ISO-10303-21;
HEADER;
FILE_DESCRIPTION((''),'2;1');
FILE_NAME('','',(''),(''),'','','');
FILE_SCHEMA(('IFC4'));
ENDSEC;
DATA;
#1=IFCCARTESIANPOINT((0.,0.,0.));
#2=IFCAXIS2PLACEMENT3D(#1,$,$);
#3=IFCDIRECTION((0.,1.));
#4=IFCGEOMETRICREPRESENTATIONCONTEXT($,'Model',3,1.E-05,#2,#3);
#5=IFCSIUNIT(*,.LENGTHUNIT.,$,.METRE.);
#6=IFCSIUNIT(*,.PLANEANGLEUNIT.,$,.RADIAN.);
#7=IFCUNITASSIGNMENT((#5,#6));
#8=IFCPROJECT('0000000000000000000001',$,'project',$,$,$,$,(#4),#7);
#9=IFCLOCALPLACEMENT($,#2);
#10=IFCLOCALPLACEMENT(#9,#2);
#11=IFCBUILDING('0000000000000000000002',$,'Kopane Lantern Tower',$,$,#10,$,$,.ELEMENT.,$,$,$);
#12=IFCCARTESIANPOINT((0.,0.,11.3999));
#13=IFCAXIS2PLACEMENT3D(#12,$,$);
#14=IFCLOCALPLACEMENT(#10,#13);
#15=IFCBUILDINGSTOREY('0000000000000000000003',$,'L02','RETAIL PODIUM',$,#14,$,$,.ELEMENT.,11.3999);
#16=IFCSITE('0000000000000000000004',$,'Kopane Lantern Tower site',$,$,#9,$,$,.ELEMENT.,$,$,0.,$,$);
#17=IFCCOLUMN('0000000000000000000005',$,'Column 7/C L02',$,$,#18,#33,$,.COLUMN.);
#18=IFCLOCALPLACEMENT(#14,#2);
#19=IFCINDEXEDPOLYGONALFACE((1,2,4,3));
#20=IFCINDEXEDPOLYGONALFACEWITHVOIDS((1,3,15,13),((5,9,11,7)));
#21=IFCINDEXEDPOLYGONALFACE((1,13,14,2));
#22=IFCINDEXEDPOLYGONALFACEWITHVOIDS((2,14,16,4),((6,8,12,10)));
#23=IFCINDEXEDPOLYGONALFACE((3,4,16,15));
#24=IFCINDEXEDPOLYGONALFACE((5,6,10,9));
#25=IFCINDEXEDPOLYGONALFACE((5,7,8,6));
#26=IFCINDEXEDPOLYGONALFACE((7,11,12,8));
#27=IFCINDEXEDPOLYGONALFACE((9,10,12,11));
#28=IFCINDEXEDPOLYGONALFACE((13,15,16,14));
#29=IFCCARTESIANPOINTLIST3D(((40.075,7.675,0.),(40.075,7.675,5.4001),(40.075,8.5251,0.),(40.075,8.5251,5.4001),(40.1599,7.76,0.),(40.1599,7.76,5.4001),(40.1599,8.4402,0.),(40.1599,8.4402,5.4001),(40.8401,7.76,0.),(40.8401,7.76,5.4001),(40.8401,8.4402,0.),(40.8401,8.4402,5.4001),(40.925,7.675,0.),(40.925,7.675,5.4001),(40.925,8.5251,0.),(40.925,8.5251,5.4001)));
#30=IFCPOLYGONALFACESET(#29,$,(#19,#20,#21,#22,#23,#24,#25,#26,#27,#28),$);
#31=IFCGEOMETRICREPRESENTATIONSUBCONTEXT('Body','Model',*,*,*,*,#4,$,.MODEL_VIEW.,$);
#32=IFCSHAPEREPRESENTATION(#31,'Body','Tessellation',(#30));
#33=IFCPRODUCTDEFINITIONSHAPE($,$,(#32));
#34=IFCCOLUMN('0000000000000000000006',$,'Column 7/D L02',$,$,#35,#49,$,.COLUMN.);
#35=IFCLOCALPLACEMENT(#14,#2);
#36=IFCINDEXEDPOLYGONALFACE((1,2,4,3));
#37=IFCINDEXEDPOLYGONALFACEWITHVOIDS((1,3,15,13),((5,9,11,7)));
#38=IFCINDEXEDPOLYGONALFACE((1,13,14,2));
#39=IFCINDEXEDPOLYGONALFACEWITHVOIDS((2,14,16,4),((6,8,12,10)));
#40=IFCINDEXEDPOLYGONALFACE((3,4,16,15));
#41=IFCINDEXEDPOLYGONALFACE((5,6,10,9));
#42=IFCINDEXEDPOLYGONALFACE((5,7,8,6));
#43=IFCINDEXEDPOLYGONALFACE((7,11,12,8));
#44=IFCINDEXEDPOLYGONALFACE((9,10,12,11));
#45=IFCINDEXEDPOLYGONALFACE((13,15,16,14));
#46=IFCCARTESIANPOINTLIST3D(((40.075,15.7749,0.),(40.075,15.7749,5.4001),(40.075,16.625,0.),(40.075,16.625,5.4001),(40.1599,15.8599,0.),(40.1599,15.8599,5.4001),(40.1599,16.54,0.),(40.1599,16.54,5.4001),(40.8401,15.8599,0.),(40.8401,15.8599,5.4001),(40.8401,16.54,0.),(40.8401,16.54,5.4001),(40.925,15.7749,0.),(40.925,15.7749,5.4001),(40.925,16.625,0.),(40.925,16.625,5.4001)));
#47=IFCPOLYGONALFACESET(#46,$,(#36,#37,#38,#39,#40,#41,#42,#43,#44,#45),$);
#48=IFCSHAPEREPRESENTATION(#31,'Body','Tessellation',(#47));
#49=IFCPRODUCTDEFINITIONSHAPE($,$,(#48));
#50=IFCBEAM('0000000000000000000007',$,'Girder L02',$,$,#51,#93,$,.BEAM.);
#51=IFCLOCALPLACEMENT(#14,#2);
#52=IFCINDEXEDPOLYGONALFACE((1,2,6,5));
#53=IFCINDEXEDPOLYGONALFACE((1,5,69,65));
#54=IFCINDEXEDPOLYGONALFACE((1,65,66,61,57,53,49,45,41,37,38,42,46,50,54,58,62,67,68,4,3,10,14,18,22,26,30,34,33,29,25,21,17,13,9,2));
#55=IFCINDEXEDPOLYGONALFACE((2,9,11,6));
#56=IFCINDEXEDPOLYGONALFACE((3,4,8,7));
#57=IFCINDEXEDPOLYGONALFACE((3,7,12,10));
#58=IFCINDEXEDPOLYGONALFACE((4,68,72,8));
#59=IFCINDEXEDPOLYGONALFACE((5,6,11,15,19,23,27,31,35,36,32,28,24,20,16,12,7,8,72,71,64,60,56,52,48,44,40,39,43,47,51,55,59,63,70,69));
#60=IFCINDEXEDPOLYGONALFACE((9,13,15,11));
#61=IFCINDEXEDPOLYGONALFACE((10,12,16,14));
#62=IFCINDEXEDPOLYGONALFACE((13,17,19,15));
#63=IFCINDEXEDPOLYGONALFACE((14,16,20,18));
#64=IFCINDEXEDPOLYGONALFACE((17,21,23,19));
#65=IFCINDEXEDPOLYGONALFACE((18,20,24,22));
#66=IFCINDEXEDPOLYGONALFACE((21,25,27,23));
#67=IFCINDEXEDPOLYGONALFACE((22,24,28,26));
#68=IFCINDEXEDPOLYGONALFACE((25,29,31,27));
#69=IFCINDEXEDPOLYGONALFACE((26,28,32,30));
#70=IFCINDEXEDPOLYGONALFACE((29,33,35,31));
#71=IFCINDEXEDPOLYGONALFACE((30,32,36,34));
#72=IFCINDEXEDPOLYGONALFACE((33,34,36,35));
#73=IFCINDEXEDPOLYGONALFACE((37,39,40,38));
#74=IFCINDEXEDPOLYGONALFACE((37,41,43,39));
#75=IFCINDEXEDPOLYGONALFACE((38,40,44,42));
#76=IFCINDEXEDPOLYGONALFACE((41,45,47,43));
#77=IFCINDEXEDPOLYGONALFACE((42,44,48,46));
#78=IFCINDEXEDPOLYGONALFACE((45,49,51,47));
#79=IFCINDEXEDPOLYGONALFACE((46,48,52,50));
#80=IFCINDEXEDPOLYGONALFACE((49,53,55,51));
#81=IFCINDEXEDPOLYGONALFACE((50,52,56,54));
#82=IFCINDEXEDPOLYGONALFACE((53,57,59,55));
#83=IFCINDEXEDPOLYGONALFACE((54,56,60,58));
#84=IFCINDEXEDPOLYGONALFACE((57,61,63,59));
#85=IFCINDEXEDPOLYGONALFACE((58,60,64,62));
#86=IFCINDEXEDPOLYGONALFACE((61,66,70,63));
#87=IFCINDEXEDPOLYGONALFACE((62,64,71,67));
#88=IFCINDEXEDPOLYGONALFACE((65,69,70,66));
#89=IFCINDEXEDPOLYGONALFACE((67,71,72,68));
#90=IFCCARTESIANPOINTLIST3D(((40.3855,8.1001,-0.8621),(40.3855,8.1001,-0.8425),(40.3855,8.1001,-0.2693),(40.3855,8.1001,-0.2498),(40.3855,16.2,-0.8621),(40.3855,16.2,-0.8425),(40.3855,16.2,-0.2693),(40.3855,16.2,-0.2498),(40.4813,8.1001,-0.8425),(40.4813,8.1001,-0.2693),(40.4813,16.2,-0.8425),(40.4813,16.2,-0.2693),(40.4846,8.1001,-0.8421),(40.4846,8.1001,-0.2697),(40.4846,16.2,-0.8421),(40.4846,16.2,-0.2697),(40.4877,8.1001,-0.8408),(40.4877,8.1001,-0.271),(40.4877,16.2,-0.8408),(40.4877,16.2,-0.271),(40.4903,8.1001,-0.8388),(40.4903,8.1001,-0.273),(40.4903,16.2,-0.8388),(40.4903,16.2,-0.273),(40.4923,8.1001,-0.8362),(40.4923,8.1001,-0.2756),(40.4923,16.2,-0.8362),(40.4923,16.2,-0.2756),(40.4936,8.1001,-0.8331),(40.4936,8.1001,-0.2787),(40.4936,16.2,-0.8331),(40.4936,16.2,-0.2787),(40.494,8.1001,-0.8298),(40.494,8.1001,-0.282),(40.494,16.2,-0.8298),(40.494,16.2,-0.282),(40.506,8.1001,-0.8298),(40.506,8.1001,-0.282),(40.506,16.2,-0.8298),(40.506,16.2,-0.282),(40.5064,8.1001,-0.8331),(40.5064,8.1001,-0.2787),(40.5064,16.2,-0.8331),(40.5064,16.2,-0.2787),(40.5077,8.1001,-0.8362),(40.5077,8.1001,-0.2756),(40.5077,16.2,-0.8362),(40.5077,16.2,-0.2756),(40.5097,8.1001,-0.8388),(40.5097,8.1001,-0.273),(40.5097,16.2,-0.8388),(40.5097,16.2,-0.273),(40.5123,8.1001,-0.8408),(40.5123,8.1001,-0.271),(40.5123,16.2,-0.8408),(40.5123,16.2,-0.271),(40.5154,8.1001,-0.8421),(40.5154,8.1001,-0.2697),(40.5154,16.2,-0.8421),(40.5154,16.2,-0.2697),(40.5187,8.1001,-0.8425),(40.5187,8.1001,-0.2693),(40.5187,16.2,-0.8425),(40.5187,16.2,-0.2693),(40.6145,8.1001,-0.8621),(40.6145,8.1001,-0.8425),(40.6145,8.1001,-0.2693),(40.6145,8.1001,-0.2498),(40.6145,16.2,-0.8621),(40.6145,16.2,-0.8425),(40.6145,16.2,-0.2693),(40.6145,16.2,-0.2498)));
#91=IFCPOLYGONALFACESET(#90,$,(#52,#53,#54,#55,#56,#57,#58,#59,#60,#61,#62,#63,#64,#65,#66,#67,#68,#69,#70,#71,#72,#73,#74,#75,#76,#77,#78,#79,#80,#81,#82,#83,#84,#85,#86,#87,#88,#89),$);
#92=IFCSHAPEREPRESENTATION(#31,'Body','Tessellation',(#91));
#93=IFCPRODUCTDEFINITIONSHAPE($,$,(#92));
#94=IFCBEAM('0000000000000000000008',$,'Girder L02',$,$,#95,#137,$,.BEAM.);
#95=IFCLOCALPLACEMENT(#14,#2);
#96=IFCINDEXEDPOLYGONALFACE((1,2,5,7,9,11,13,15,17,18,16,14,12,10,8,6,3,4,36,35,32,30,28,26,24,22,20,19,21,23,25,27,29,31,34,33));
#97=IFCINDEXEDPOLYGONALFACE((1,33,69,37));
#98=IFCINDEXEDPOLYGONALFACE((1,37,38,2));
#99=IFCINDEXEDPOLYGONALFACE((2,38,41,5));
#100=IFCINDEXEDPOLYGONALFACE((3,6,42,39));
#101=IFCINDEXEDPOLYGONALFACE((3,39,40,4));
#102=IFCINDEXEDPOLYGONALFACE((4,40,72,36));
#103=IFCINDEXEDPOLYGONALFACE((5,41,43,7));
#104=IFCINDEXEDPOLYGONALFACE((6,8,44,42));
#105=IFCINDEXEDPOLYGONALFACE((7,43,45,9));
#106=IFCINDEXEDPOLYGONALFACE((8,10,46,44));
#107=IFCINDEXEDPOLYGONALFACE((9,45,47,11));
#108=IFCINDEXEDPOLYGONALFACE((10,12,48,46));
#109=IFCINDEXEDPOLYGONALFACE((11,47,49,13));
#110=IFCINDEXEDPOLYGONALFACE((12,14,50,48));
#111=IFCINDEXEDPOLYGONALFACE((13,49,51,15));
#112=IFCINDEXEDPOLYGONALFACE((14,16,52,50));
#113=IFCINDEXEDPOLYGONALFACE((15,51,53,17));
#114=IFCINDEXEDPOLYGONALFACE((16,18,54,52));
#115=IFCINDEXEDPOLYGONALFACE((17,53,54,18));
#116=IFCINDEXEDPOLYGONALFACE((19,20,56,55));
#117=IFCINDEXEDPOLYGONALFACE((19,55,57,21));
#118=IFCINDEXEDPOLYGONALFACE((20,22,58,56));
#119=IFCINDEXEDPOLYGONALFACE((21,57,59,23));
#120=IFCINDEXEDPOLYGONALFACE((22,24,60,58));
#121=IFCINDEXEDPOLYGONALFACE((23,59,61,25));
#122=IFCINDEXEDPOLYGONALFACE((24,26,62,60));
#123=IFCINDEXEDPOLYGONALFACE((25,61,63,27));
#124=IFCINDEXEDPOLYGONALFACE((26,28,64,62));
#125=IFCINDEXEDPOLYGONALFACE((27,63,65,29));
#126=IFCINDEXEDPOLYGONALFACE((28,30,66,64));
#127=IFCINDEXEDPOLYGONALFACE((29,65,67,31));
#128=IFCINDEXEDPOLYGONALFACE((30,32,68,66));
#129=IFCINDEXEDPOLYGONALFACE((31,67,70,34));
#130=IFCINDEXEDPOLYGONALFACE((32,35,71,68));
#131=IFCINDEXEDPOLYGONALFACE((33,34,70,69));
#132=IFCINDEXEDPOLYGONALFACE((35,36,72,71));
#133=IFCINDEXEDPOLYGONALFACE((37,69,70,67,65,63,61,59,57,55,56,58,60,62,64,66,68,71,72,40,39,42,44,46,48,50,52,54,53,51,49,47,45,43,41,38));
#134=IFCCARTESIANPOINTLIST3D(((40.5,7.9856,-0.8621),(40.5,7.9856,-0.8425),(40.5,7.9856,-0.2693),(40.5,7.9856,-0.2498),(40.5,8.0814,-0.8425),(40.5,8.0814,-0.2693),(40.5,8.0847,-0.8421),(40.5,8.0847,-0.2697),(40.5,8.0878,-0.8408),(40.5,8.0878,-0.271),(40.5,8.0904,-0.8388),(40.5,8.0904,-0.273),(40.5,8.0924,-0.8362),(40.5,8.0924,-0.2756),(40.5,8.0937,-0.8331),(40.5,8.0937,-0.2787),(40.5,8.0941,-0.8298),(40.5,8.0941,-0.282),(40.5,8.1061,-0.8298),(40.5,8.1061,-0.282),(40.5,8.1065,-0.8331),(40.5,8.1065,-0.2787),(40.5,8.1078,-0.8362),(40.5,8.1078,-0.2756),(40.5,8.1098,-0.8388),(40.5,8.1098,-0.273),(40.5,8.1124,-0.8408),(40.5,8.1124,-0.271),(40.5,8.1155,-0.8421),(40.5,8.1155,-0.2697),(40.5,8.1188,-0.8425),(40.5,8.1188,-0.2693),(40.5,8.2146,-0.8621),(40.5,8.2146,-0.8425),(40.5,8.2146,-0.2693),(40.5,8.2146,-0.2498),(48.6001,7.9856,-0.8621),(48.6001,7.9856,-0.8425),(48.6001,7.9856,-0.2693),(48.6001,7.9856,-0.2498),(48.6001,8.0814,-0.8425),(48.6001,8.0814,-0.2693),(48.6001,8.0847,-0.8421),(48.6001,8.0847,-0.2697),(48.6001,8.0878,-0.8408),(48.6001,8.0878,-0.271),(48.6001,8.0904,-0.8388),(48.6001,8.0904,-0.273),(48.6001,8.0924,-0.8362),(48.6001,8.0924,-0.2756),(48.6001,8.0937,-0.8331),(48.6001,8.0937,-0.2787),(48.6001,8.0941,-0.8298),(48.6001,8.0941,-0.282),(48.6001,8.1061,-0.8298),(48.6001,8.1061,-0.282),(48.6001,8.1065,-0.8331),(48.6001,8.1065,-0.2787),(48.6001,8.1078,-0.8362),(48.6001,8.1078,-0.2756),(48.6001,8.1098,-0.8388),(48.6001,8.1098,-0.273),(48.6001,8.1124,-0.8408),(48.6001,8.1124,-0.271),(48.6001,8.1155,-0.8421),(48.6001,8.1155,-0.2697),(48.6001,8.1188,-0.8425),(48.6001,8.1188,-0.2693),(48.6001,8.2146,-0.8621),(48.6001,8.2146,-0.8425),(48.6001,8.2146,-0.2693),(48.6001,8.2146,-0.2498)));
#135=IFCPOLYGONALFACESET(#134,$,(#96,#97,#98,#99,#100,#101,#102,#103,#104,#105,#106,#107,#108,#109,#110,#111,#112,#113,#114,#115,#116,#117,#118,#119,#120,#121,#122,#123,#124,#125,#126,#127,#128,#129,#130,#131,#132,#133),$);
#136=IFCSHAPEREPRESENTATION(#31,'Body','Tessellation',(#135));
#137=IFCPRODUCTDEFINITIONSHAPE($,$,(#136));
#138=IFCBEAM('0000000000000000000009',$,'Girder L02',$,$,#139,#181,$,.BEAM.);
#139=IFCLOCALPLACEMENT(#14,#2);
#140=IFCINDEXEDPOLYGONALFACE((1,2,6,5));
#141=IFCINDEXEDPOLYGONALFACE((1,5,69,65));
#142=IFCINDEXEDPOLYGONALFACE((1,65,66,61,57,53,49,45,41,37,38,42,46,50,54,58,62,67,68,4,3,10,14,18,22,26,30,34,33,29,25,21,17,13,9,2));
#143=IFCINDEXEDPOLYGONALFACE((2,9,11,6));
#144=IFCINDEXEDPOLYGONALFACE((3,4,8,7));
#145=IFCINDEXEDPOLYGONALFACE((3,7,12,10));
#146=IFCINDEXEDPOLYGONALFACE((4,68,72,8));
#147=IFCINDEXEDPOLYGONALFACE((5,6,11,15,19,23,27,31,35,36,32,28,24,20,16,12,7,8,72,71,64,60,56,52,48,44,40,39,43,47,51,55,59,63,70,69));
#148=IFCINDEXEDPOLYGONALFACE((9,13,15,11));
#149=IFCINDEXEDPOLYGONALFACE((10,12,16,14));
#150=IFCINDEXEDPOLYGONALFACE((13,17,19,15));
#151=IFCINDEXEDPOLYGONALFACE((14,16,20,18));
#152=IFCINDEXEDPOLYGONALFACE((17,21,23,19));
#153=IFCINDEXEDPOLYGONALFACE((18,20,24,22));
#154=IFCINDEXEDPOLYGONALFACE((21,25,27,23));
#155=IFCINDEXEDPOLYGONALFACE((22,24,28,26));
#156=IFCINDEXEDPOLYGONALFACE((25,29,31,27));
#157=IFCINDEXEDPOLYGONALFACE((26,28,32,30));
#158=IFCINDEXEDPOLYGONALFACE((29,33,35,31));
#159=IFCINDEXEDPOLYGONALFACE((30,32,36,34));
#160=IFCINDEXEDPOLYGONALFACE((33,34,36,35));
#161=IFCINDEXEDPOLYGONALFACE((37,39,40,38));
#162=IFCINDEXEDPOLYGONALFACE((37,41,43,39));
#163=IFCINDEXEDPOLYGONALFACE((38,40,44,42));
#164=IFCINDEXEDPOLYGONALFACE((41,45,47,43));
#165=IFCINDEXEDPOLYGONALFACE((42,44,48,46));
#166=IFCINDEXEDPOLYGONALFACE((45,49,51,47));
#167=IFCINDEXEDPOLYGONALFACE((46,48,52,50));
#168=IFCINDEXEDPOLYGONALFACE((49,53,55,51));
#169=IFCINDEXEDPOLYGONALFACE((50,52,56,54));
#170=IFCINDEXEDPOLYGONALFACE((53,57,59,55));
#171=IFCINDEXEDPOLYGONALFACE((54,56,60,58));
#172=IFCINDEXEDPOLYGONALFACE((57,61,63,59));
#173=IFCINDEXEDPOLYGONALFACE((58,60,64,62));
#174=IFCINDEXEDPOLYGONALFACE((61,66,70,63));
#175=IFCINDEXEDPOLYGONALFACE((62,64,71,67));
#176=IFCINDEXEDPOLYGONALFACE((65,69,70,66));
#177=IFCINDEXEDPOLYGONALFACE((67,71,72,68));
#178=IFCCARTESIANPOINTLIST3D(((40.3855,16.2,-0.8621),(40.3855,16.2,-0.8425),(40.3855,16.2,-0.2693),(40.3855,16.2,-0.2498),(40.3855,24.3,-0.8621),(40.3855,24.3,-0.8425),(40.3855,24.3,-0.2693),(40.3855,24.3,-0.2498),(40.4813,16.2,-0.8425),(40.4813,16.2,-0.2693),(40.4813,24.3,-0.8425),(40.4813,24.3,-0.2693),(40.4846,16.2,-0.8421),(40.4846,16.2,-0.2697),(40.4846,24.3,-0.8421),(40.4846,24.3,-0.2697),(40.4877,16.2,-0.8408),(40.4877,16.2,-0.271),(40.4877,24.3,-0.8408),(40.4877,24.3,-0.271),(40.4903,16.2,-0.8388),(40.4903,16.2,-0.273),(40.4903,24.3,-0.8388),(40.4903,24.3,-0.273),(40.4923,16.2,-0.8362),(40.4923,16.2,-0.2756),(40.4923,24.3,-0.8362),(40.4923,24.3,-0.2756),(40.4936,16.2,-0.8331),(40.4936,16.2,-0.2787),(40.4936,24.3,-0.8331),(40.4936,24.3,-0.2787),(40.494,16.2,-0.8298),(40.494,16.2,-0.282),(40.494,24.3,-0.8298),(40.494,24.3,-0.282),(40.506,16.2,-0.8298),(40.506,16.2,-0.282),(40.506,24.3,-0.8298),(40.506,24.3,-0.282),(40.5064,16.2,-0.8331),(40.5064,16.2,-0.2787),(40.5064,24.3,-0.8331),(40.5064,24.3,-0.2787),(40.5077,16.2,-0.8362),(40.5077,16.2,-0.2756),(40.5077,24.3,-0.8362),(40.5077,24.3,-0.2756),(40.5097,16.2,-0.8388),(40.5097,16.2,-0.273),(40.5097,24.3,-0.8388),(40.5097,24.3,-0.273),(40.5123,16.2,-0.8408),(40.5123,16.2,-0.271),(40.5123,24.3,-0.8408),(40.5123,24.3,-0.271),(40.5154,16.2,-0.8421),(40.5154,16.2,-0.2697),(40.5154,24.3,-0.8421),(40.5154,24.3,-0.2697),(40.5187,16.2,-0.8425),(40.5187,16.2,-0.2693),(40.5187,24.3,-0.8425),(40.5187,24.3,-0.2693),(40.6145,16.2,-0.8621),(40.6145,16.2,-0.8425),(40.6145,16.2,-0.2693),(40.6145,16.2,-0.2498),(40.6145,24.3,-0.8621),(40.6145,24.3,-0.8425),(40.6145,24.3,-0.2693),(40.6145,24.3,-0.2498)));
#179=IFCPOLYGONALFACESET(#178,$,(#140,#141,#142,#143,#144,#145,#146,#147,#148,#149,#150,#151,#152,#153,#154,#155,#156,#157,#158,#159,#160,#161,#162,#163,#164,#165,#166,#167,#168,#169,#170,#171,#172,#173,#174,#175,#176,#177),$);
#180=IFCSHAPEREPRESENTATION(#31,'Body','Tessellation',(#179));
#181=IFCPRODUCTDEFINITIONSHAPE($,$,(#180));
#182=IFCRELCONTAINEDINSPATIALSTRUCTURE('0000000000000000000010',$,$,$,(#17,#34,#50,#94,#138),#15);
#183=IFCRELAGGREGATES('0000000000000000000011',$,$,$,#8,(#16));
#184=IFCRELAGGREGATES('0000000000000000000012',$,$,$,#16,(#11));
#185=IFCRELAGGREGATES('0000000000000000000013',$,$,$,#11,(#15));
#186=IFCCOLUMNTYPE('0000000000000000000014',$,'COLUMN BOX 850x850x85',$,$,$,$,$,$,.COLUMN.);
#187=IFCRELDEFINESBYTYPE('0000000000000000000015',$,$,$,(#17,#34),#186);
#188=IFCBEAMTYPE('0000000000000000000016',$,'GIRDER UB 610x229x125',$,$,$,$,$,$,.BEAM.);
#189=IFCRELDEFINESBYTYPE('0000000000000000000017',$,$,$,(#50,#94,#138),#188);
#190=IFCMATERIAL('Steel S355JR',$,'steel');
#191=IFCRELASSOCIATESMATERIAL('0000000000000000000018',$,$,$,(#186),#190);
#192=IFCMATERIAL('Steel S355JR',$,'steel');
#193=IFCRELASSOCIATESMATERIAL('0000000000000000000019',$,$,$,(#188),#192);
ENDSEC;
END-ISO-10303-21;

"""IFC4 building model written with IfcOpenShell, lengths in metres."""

from ifc_helpers import new_model, si_unit, direction, frame, origin, origin_2d, place, context, subcontext, project, spatial, hollow_rectangle, i_section, extrude, material, material_profile, profile_set, type_object, element, save


model = new_model("IFC4")

# Units and contexts
model_context = context("Model", 3, precision=1e-05, world=origin(), true_north=direction((0.0, 1.0)))
body_context = subcontext(model_context, "Body", "Model", "MODEL_VIEW")
ifc_project = project(units=[si_unit("LENGTHUNIT", "METRE"), si_unit("PLANEANGLEUNIT", "RADIAN")], contexts=[model_context])

# Site, building, storey
site_placement = place(None, origin())
site = spatial("IfcSite", under=ifc_project, at=site_placement, Name="Kopane Lantern Tower site", CompositionType="ELEMENT", RefElevation=0.0)
building_placement = place(site_placement, origin())
building = spatial("IfcBuilding", under=site, at=building_placement, Name="Kopane Lantern Tower", CompositionType="ELEMENT")
storey_placement = place(building_placement, frame((0.0, 0.0, 11.3999)))
storey = spatial("IfcBuildingStorey", under=building, at=storey_placement, Name="L02", Description="RETAIL PODIUM", CompositionType="ELEMENT", Elevation=11.3999)

# Columns
ifc_material_1 = material(Name="Steel S355JR", Category="steel")
ifc_material_profile_1 = material_profile(ifc_material_1, hollow_rectangle(XDim=0.8501, YDim=0.8501, WallThickness=0.085, at=origin_2d()), Name="BOX 850x850x85")
ifc_profile_set_1 = profile_set([ifc_material_profile_1], Name="Steel S355JR")
column_type = type_object("IfcColumnType", Name="COLUMN BOX 850x850x85", PredefinedType="COLUMN", material=ifc_profile_set_1)
for number, where, z_axis, x_axis, name in (
    (1, (40.5, 8.1001, 0.0), (0.0, 0.0, 1.0), (1.0, 0.0, 0.0), "Column 7/C L02"),
    (2, (40.5, 16.2, 0.0), (0.0, 0.0, 1.0), (1.0, 0.0, 0.0), "Column 7/D L02"),
):
    element("IfcColumn", number, at=place(storey_placement, frame(where, z_axis=z_axis, x_axis=x_axis)), inside=storey, type_object=column_type, Name=name, PredefinedType="COLUMN", context=body_context, shape_type="SweptSolid", body=[
        extrude(hollow_rectangle(XDim=0.8501, YDim=0.8501, WallThickness=0.085, at=origin_2d()), origin(), (0.0, 0.0, 1.0), 5.4001),
    ])

# Beams
ifc_material_2 = material(Name="Steel S355JR", Category="steel")
ifc_material_profile_2 = material_profile(ifc_material_2, i_section(OverallWidth=0.229, OverallDepth=0.6123, WebThickness=0.012, FlangeThickness=0.0195, FilletRadius=0.0127, at=origin_2d()), Name="UB 610x229x125")
ifc_profile_set_2 = profile_set([ifc_material_profile_2], Name="Steel S355JR")
beam_type = type_object("IfcBeamType", Name="GIRDER UB 610x229x125", PredefinedType="BEAM", material=ifc_profile_set_2)
beam_placement = place(storey_placement, frame((40.5, 8.1001, -0.5559), z_axis=(0.0, 1.0, 0.0), x_axis=(-1.0, 0.0, 0.0)))
element("IfcBeam", 3, at=beam_placement, inside=storey, type_object=beam_type, Name="Girder L02", PredefinedType="BEAM", context=body_context, shape_type="SweptSolid", body=[
    extrude(i_section(OverallWidth=0.229, OverallDepth=0.6123, WebThickness=0.012, FlangeThickness=0.0195, FilletRadius=0.0127, at=origin_2d()), origin(), (0.0, 0.0, 1.0), 8.0999),
])
for number, where, z_axis, x_axis, name in (
    (4, (40.5, 8.1001, -0.5559), (1.0, 0.0, 0.0), (0.0, 1.0, 0.0), "Girder L02"),
    (5, (40.5, 16.2, -0.5559), (0.0, 1.0, 0.0), (-1.0, 0.0, 0.0), "Girder L02"),
):
    element("IfcBeam", number, at=place(storey_placement, frame(where, z_axis=z_axis, x_axis=x_axis)), inside=storey, type_object=beam_type, Name=name, PredefinedType="BEAM", context=body_context, shape_type="SweptSolid", body=[
        extrude(i_section(OverallWidth=0.229, OverallDepth=0.6123, WebThickness=0.012, FlangeThickness=0.0195, FilletRadius=0.0127, at=origin_2d()), origin(), (0.0, 0.0, 1.0), 8.1001),
    ])

save(model, "model.ifc")
